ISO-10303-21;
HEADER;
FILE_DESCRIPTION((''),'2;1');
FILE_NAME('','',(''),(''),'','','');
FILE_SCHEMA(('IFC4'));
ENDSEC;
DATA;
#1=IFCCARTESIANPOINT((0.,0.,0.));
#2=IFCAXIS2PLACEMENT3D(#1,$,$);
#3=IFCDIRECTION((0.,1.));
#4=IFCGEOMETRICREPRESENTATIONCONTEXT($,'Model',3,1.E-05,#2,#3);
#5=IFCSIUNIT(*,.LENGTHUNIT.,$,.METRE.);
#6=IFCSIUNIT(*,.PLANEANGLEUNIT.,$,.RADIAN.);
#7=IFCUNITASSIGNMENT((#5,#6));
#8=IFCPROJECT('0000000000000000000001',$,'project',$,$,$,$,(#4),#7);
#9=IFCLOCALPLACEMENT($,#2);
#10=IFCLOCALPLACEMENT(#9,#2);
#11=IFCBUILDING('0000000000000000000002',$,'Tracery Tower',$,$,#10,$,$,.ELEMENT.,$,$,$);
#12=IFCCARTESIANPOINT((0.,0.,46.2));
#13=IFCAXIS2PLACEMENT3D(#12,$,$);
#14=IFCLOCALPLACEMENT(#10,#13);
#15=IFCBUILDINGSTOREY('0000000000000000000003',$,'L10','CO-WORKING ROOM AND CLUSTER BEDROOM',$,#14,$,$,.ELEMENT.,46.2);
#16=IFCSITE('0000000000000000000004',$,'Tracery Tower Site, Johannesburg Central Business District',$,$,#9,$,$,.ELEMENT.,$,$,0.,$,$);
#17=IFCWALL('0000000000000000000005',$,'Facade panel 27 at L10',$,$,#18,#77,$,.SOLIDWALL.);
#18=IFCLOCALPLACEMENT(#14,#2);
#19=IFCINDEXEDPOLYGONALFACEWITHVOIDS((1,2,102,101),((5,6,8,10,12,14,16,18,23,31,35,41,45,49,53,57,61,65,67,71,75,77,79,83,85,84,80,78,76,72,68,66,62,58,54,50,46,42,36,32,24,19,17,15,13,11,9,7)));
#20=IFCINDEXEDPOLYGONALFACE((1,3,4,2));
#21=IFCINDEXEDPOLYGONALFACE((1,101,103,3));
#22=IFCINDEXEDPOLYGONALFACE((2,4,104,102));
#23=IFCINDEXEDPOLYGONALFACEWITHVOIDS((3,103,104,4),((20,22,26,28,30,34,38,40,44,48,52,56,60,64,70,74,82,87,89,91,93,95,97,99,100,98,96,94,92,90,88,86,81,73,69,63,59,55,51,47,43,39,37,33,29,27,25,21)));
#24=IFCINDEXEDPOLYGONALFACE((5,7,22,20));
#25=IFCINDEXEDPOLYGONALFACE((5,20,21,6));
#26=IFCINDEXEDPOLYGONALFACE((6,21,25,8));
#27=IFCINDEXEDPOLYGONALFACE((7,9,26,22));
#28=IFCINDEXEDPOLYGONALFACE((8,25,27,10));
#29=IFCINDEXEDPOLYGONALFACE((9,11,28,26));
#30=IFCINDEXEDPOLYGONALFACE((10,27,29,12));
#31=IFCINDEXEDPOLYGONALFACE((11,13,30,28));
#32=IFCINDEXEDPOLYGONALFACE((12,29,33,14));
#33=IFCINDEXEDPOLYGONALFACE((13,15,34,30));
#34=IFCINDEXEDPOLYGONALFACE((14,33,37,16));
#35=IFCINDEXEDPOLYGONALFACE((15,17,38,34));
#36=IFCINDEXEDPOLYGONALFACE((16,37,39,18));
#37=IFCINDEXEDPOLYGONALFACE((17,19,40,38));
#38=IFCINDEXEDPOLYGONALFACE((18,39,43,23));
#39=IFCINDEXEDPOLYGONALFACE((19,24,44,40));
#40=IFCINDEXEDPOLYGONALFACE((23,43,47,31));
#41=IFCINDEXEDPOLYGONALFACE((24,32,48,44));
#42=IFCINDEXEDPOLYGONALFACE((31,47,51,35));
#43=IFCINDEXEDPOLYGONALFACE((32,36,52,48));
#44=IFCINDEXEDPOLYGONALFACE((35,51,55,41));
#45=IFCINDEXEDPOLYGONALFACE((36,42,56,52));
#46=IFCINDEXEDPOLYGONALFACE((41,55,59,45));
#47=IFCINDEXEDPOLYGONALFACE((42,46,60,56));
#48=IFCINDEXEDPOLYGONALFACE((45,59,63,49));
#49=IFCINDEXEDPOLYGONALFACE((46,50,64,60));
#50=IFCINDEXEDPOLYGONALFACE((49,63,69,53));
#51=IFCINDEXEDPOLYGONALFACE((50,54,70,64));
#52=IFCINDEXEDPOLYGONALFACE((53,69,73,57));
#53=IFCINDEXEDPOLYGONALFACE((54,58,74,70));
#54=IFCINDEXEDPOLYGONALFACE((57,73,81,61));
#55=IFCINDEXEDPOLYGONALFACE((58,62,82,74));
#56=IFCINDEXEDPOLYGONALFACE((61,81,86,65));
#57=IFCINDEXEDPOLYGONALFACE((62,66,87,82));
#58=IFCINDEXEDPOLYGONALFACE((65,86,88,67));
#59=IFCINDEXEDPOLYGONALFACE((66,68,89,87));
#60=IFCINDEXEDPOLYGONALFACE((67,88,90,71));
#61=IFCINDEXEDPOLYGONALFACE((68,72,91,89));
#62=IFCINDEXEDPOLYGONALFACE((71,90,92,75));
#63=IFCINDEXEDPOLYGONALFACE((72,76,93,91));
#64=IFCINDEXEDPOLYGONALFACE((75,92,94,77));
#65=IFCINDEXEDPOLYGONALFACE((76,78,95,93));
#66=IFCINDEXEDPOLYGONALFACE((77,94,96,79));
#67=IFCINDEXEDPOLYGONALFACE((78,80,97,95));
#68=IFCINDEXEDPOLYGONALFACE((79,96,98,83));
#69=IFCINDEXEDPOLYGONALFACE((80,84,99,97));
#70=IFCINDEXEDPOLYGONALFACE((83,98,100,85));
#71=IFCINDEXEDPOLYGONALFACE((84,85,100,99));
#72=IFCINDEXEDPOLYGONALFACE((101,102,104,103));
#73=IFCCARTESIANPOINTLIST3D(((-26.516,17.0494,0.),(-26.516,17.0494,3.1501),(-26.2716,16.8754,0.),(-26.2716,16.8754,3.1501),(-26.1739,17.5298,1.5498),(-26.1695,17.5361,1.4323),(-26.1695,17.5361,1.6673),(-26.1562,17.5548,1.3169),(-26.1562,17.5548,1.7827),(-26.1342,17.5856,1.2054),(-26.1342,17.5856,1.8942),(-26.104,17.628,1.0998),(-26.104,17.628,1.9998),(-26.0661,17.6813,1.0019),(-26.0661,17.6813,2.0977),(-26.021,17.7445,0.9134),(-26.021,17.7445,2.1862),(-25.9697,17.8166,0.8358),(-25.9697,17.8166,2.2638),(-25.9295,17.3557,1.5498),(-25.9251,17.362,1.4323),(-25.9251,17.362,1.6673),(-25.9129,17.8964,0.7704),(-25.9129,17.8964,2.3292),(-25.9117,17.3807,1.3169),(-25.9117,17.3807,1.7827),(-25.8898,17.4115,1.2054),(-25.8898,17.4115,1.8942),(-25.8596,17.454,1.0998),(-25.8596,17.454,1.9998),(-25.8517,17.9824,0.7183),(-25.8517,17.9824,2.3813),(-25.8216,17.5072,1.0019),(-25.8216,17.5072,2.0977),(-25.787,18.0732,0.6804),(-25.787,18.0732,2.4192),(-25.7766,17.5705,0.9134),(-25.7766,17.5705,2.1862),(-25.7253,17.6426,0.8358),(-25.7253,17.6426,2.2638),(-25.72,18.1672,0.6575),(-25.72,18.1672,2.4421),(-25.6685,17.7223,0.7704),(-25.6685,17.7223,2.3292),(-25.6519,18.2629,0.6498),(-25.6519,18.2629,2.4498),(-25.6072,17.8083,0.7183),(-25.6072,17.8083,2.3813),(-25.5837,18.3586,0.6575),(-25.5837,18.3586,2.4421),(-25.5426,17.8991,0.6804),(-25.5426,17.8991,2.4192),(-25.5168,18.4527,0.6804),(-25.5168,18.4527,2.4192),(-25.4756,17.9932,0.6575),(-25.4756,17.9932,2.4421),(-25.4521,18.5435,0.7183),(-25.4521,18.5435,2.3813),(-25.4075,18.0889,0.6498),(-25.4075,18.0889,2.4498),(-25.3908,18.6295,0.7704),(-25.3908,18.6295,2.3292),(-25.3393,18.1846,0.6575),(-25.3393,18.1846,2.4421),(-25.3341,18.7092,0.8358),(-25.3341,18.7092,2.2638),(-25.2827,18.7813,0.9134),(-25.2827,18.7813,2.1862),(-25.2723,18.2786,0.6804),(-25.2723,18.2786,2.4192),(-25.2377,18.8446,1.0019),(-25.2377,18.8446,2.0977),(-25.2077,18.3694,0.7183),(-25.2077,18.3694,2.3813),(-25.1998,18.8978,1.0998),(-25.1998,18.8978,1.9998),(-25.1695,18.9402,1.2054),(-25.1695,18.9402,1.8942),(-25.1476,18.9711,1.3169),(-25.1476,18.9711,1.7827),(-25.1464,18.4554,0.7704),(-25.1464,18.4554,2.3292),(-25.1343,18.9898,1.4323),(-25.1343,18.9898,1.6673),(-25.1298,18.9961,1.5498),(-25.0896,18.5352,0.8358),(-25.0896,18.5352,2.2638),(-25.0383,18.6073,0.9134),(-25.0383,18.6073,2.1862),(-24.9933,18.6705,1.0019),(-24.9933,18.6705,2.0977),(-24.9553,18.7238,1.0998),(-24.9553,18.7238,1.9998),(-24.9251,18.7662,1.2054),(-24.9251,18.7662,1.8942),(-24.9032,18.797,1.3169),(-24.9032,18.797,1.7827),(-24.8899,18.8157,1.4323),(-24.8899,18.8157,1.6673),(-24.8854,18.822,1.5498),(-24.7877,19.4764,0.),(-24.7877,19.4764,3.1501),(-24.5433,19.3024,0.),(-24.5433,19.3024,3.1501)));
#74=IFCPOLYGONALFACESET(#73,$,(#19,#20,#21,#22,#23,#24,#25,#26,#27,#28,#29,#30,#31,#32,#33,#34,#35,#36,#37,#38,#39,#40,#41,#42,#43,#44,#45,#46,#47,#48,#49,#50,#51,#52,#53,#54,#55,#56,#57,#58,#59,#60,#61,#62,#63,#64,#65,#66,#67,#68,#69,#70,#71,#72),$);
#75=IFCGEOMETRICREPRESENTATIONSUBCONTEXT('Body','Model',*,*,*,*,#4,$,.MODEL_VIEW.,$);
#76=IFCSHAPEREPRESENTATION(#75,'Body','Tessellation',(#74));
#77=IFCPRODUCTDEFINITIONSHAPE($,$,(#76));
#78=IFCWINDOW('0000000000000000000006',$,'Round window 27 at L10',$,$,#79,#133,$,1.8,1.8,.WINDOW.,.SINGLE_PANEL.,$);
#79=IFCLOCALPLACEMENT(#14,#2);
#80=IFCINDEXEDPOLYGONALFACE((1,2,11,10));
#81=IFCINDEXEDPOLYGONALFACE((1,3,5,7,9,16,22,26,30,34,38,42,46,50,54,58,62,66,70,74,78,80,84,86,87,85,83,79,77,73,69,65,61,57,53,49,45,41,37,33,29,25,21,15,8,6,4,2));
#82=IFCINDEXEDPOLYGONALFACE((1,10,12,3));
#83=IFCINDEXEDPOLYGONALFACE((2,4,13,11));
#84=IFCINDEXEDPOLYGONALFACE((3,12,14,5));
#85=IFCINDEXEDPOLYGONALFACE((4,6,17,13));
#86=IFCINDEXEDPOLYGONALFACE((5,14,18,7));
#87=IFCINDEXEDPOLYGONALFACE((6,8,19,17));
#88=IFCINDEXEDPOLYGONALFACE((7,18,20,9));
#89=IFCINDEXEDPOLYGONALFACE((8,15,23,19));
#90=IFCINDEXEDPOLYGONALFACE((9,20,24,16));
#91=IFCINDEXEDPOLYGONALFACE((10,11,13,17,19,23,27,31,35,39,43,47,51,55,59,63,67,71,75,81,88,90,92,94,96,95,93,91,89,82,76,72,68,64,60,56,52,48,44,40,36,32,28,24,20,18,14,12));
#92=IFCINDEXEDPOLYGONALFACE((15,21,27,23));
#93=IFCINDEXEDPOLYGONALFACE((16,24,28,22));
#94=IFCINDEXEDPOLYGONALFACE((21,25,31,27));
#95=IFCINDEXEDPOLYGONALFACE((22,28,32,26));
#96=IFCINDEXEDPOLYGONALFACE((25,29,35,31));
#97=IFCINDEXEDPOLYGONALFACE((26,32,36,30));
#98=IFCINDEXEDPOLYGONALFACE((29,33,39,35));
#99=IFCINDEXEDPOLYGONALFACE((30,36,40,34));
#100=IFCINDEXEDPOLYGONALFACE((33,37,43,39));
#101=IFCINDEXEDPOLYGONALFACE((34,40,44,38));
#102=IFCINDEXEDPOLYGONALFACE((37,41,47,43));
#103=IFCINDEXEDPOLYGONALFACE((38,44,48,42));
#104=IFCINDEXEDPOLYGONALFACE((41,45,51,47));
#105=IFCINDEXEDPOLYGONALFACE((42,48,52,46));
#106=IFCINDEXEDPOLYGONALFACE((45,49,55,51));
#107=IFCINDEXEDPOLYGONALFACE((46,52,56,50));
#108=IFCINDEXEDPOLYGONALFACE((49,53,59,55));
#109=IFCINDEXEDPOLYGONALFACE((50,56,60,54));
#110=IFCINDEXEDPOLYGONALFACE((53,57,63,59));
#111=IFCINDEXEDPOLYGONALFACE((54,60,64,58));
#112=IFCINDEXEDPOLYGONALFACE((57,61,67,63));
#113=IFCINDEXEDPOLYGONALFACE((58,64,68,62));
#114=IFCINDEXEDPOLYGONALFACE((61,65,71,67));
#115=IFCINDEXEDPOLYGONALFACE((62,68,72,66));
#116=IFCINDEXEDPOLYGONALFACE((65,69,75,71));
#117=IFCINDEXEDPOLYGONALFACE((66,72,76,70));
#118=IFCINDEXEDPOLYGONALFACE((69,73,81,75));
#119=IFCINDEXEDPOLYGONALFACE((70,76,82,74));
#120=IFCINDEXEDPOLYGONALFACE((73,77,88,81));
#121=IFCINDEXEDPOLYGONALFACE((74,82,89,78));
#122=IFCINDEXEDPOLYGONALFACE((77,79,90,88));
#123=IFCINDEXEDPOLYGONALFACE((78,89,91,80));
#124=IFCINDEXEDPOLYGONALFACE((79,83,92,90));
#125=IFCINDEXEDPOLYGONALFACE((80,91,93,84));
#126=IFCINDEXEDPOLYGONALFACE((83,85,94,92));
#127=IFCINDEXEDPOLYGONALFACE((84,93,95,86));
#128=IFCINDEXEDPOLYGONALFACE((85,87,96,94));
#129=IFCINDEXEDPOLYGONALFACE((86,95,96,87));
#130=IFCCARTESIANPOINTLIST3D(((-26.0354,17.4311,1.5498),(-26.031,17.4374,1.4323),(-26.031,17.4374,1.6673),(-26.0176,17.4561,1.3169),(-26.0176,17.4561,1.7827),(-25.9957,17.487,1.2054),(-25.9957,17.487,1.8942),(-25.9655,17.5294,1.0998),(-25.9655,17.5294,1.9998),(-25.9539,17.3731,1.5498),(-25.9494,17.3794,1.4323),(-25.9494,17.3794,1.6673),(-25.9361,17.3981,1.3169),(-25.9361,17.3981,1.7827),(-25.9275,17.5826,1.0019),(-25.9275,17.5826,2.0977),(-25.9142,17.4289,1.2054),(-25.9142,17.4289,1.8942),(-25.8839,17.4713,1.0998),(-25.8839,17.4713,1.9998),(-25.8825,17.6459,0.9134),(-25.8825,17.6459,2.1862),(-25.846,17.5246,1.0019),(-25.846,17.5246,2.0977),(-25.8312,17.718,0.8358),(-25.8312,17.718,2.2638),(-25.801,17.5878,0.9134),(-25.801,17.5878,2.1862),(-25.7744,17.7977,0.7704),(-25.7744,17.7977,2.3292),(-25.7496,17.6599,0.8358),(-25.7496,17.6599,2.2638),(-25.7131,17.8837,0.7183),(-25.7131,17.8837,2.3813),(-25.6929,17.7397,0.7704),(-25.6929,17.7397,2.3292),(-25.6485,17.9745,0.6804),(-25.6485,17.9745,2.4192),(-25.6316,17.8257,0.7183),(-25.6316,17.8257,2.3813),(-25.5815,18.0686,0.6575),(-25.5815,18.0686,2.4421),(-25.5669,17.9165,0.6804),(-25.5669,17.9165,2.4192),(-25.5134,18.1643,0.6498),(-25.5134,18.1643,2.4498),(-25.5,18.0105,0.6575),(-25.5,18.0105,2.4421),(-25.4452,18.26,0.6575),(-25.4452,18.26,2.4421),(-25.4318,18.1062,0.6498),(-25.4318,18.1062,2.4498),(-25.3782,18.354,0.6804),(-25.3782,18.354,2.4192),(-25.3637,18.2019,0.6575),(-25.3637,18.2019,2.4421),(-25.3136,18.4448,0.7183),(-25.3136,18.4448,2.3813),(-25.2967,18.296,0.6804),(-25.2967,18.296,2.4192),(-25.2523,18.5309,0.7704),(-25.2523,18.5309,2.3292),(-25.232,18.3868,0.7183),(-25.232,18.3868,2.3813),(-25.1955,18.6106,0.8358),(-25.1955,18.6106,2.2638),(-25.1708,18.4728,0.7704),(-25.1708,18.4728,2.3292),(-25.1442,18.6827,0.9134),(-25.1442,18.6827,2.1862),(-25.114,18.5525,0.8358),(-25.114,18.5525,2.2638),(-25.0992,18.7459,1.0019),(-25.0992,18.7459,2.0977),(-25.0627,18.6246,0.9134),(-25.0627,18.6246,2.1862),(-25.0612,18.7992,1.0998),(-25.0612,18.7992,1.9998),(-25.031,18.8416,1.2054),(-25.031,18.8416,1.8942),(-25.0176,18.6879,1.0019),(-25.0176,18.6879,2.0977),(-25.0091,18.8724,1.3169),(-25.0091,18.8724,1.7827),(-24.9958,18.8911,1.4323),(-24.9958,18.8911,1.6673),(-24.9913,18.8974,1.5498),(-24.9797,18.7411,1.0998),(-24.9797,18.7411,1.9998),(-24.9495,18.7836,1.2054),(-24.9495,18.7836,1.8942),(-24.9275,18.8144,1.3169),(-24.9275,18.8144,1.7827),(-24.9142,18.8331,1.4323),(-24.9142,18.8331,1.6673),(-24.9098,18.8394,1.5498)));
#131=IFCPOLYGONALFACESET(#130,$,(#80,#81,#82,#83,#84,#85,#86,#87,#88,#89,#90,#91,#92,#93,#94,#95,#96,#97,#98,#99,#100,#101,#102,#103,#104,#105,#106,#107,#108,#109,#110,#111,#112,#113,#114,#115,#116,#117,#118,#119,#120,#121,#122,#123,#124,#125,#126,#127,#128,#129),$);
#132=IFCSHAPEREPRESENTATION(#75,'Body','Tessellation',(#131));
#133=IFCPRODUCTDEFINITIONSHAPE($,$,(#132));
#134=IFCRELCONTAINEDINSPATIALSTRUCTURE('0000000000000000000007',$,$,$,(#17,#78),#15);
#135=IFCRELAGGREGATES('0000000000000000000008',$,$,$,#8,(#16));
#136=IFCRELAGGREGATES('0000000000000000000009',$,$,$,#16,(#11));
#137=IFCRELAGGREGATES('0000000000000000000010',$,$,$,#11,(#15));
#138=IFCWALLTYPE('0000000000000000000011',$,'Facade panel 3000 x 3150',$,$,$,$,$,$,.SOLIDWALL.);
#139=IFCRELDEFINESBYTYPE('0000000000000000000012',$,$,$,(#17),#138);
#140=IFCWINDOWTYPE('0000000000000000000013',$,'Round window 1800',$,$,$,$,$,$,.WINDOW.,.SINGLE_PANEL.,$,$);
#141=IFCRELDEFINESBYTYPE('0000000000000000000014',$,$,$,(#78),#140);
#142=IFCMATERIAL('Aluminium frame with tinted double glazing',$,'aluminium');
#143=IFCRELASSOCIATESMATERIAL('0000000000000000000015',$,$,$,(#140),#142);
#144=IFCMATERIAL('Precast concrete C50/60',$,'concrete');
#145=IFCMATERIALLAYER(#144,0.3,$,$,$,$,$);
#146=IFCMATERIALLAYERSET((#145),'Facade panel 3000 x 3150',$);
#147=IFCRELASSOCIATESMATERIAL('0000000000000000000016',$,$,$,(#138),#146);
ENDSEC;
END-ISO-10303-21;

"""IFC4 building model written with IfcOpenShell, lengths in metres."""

from ifc_helpers import new_model, si_unit, direction, frame, frame_2d, origin, origin_2d, place, context, subcontext, project, spatial, rectangle, circle, extrude, material, layer, layer_set, type_object, element, fill, save


model = new_model("IFC4")

# Units and contexts
model_context = context("Model", 3, precision=1e-05, world=origin(), true_north=direction((0.0, 1.0)))
body_context = subcontext(model_context, "Body", "Model", "MODEL_VIEW")
ifc_project = project(units=[si_unit("LENGTHUNIT", "METRE"), si_unit("PLANEANGLEUNIT", "RADIAN")], contexts=[model_context])

# Site, building, storey
site_placement = place(None, origin())
site = spatial("IfcSite", under=ifc_project, at=site_placement, Name="Tracery Tower Site, Johannesburg Central Business District", CompositionType="ELEMENT", RefElevation=0.0)
building_placement = place(site_placement, origin())
building = spatial("IfcBuilding", under=site, at=building_placement, Name="Tracery Tower", CompositionType="ELEMENT")
storey_placement = place(building_placement, frame((0.0, 0.0, 46.2)))
storey = spatial("IfcBuildingStorey", under=building, at=storey_placement, Name="L10", Description="CO-WORKING ROOM AND CLUSTER BEDROOM", CompositionType="ELEMENT", Elevation=46.2)

# Wall, opening, window
ifc_material_1 = material(Name="Aluminium frame with tinted double glazing", Category="aluminium")
window_type = type_object("IfcWindowType", Name="Round window 1800", PartitioningType="SINGLE_PANEL", PredefinedType="WINDOW", material=ifc_material_1)
ifc_material_2 = material(Name="Precast concrete C50/60", Category="concrete")
ifc_layer_1 = layer(ifc_material_2, 0.3)
ifc_layer_set_1 = layer_set([ifc_layer_1], Name="Facade panel 3000 x 3150")
wall_type_1 = type_object("IfcWallType", Name="Facade panel 3000 x 3150", PredefinedType="SOLIDWALL", material=ifc_layer_set_1)
wall_1_placement = place(storey_placement, frame((-24.6655, 19.3894, 0.0), z_axis=(0.0, 0.0, 1.0), x_axis=(-0.580059, -0.814574, 0.0)))
wall_1 = element("IfcWall", 1, at=wall_1_placement, inside=storey, type_object=wall_type_1, Name="Facade panel 27 at L10", PredefinedType="SOLIDWALL", context=body_context, shape_type="SweptSolid", body=[
    extrude(rectangle(XDim=2.9795, YDim=0.3, at=frame_2d((1.4897, 0.0))), origin(), (0.0, 0.0, 1.0), 3.1501),
])
opening_1_placement = place(wall_1_placement, frame((1.4897, 0.0, 1.5498)))
opening_1 = element("IfcOpeningElement", 2, at=opening_1_placement, cuts=wall_1, PredefinedType="OPENING", context=body_context, shape_type="SweptSolid", body=[
    extrude(circle(Radius=0.9, at=origin_2d()), frame((0.0, 0.1599, 0.0), z_axis=(0.0, -1.0, 0.0), x_axis=(1.0, 0.0, 0.0)), (0.0, 0.0, 1.0), 0.3201),
])
window_1_placement = place(opening_1_placement, origin())
window_1 = element("IfcWindow", 3, at=window_1_placement, inside=storey, type_object=window_type, Name="Round window 27 at L10", OverallHeight=1.8, OverallWidth=1.8, PartitioningType="SINGLE_PANEL", PredefinedType="WINDOW", context=body_context, shape_type="SweptSolid", body=[
    extrude(circle(Radius=0.9, at=origin_2d()), frame((0.0, 0.1201, 0.0), z_axis=(0.0, -1.0, 0.0), x_axis=(1.0, 0.0, 0.0)), (0.0, 0.0, 1.0), 0.1001),
])
fill(opening_1, window_1)

save(model, "model.ifc")
